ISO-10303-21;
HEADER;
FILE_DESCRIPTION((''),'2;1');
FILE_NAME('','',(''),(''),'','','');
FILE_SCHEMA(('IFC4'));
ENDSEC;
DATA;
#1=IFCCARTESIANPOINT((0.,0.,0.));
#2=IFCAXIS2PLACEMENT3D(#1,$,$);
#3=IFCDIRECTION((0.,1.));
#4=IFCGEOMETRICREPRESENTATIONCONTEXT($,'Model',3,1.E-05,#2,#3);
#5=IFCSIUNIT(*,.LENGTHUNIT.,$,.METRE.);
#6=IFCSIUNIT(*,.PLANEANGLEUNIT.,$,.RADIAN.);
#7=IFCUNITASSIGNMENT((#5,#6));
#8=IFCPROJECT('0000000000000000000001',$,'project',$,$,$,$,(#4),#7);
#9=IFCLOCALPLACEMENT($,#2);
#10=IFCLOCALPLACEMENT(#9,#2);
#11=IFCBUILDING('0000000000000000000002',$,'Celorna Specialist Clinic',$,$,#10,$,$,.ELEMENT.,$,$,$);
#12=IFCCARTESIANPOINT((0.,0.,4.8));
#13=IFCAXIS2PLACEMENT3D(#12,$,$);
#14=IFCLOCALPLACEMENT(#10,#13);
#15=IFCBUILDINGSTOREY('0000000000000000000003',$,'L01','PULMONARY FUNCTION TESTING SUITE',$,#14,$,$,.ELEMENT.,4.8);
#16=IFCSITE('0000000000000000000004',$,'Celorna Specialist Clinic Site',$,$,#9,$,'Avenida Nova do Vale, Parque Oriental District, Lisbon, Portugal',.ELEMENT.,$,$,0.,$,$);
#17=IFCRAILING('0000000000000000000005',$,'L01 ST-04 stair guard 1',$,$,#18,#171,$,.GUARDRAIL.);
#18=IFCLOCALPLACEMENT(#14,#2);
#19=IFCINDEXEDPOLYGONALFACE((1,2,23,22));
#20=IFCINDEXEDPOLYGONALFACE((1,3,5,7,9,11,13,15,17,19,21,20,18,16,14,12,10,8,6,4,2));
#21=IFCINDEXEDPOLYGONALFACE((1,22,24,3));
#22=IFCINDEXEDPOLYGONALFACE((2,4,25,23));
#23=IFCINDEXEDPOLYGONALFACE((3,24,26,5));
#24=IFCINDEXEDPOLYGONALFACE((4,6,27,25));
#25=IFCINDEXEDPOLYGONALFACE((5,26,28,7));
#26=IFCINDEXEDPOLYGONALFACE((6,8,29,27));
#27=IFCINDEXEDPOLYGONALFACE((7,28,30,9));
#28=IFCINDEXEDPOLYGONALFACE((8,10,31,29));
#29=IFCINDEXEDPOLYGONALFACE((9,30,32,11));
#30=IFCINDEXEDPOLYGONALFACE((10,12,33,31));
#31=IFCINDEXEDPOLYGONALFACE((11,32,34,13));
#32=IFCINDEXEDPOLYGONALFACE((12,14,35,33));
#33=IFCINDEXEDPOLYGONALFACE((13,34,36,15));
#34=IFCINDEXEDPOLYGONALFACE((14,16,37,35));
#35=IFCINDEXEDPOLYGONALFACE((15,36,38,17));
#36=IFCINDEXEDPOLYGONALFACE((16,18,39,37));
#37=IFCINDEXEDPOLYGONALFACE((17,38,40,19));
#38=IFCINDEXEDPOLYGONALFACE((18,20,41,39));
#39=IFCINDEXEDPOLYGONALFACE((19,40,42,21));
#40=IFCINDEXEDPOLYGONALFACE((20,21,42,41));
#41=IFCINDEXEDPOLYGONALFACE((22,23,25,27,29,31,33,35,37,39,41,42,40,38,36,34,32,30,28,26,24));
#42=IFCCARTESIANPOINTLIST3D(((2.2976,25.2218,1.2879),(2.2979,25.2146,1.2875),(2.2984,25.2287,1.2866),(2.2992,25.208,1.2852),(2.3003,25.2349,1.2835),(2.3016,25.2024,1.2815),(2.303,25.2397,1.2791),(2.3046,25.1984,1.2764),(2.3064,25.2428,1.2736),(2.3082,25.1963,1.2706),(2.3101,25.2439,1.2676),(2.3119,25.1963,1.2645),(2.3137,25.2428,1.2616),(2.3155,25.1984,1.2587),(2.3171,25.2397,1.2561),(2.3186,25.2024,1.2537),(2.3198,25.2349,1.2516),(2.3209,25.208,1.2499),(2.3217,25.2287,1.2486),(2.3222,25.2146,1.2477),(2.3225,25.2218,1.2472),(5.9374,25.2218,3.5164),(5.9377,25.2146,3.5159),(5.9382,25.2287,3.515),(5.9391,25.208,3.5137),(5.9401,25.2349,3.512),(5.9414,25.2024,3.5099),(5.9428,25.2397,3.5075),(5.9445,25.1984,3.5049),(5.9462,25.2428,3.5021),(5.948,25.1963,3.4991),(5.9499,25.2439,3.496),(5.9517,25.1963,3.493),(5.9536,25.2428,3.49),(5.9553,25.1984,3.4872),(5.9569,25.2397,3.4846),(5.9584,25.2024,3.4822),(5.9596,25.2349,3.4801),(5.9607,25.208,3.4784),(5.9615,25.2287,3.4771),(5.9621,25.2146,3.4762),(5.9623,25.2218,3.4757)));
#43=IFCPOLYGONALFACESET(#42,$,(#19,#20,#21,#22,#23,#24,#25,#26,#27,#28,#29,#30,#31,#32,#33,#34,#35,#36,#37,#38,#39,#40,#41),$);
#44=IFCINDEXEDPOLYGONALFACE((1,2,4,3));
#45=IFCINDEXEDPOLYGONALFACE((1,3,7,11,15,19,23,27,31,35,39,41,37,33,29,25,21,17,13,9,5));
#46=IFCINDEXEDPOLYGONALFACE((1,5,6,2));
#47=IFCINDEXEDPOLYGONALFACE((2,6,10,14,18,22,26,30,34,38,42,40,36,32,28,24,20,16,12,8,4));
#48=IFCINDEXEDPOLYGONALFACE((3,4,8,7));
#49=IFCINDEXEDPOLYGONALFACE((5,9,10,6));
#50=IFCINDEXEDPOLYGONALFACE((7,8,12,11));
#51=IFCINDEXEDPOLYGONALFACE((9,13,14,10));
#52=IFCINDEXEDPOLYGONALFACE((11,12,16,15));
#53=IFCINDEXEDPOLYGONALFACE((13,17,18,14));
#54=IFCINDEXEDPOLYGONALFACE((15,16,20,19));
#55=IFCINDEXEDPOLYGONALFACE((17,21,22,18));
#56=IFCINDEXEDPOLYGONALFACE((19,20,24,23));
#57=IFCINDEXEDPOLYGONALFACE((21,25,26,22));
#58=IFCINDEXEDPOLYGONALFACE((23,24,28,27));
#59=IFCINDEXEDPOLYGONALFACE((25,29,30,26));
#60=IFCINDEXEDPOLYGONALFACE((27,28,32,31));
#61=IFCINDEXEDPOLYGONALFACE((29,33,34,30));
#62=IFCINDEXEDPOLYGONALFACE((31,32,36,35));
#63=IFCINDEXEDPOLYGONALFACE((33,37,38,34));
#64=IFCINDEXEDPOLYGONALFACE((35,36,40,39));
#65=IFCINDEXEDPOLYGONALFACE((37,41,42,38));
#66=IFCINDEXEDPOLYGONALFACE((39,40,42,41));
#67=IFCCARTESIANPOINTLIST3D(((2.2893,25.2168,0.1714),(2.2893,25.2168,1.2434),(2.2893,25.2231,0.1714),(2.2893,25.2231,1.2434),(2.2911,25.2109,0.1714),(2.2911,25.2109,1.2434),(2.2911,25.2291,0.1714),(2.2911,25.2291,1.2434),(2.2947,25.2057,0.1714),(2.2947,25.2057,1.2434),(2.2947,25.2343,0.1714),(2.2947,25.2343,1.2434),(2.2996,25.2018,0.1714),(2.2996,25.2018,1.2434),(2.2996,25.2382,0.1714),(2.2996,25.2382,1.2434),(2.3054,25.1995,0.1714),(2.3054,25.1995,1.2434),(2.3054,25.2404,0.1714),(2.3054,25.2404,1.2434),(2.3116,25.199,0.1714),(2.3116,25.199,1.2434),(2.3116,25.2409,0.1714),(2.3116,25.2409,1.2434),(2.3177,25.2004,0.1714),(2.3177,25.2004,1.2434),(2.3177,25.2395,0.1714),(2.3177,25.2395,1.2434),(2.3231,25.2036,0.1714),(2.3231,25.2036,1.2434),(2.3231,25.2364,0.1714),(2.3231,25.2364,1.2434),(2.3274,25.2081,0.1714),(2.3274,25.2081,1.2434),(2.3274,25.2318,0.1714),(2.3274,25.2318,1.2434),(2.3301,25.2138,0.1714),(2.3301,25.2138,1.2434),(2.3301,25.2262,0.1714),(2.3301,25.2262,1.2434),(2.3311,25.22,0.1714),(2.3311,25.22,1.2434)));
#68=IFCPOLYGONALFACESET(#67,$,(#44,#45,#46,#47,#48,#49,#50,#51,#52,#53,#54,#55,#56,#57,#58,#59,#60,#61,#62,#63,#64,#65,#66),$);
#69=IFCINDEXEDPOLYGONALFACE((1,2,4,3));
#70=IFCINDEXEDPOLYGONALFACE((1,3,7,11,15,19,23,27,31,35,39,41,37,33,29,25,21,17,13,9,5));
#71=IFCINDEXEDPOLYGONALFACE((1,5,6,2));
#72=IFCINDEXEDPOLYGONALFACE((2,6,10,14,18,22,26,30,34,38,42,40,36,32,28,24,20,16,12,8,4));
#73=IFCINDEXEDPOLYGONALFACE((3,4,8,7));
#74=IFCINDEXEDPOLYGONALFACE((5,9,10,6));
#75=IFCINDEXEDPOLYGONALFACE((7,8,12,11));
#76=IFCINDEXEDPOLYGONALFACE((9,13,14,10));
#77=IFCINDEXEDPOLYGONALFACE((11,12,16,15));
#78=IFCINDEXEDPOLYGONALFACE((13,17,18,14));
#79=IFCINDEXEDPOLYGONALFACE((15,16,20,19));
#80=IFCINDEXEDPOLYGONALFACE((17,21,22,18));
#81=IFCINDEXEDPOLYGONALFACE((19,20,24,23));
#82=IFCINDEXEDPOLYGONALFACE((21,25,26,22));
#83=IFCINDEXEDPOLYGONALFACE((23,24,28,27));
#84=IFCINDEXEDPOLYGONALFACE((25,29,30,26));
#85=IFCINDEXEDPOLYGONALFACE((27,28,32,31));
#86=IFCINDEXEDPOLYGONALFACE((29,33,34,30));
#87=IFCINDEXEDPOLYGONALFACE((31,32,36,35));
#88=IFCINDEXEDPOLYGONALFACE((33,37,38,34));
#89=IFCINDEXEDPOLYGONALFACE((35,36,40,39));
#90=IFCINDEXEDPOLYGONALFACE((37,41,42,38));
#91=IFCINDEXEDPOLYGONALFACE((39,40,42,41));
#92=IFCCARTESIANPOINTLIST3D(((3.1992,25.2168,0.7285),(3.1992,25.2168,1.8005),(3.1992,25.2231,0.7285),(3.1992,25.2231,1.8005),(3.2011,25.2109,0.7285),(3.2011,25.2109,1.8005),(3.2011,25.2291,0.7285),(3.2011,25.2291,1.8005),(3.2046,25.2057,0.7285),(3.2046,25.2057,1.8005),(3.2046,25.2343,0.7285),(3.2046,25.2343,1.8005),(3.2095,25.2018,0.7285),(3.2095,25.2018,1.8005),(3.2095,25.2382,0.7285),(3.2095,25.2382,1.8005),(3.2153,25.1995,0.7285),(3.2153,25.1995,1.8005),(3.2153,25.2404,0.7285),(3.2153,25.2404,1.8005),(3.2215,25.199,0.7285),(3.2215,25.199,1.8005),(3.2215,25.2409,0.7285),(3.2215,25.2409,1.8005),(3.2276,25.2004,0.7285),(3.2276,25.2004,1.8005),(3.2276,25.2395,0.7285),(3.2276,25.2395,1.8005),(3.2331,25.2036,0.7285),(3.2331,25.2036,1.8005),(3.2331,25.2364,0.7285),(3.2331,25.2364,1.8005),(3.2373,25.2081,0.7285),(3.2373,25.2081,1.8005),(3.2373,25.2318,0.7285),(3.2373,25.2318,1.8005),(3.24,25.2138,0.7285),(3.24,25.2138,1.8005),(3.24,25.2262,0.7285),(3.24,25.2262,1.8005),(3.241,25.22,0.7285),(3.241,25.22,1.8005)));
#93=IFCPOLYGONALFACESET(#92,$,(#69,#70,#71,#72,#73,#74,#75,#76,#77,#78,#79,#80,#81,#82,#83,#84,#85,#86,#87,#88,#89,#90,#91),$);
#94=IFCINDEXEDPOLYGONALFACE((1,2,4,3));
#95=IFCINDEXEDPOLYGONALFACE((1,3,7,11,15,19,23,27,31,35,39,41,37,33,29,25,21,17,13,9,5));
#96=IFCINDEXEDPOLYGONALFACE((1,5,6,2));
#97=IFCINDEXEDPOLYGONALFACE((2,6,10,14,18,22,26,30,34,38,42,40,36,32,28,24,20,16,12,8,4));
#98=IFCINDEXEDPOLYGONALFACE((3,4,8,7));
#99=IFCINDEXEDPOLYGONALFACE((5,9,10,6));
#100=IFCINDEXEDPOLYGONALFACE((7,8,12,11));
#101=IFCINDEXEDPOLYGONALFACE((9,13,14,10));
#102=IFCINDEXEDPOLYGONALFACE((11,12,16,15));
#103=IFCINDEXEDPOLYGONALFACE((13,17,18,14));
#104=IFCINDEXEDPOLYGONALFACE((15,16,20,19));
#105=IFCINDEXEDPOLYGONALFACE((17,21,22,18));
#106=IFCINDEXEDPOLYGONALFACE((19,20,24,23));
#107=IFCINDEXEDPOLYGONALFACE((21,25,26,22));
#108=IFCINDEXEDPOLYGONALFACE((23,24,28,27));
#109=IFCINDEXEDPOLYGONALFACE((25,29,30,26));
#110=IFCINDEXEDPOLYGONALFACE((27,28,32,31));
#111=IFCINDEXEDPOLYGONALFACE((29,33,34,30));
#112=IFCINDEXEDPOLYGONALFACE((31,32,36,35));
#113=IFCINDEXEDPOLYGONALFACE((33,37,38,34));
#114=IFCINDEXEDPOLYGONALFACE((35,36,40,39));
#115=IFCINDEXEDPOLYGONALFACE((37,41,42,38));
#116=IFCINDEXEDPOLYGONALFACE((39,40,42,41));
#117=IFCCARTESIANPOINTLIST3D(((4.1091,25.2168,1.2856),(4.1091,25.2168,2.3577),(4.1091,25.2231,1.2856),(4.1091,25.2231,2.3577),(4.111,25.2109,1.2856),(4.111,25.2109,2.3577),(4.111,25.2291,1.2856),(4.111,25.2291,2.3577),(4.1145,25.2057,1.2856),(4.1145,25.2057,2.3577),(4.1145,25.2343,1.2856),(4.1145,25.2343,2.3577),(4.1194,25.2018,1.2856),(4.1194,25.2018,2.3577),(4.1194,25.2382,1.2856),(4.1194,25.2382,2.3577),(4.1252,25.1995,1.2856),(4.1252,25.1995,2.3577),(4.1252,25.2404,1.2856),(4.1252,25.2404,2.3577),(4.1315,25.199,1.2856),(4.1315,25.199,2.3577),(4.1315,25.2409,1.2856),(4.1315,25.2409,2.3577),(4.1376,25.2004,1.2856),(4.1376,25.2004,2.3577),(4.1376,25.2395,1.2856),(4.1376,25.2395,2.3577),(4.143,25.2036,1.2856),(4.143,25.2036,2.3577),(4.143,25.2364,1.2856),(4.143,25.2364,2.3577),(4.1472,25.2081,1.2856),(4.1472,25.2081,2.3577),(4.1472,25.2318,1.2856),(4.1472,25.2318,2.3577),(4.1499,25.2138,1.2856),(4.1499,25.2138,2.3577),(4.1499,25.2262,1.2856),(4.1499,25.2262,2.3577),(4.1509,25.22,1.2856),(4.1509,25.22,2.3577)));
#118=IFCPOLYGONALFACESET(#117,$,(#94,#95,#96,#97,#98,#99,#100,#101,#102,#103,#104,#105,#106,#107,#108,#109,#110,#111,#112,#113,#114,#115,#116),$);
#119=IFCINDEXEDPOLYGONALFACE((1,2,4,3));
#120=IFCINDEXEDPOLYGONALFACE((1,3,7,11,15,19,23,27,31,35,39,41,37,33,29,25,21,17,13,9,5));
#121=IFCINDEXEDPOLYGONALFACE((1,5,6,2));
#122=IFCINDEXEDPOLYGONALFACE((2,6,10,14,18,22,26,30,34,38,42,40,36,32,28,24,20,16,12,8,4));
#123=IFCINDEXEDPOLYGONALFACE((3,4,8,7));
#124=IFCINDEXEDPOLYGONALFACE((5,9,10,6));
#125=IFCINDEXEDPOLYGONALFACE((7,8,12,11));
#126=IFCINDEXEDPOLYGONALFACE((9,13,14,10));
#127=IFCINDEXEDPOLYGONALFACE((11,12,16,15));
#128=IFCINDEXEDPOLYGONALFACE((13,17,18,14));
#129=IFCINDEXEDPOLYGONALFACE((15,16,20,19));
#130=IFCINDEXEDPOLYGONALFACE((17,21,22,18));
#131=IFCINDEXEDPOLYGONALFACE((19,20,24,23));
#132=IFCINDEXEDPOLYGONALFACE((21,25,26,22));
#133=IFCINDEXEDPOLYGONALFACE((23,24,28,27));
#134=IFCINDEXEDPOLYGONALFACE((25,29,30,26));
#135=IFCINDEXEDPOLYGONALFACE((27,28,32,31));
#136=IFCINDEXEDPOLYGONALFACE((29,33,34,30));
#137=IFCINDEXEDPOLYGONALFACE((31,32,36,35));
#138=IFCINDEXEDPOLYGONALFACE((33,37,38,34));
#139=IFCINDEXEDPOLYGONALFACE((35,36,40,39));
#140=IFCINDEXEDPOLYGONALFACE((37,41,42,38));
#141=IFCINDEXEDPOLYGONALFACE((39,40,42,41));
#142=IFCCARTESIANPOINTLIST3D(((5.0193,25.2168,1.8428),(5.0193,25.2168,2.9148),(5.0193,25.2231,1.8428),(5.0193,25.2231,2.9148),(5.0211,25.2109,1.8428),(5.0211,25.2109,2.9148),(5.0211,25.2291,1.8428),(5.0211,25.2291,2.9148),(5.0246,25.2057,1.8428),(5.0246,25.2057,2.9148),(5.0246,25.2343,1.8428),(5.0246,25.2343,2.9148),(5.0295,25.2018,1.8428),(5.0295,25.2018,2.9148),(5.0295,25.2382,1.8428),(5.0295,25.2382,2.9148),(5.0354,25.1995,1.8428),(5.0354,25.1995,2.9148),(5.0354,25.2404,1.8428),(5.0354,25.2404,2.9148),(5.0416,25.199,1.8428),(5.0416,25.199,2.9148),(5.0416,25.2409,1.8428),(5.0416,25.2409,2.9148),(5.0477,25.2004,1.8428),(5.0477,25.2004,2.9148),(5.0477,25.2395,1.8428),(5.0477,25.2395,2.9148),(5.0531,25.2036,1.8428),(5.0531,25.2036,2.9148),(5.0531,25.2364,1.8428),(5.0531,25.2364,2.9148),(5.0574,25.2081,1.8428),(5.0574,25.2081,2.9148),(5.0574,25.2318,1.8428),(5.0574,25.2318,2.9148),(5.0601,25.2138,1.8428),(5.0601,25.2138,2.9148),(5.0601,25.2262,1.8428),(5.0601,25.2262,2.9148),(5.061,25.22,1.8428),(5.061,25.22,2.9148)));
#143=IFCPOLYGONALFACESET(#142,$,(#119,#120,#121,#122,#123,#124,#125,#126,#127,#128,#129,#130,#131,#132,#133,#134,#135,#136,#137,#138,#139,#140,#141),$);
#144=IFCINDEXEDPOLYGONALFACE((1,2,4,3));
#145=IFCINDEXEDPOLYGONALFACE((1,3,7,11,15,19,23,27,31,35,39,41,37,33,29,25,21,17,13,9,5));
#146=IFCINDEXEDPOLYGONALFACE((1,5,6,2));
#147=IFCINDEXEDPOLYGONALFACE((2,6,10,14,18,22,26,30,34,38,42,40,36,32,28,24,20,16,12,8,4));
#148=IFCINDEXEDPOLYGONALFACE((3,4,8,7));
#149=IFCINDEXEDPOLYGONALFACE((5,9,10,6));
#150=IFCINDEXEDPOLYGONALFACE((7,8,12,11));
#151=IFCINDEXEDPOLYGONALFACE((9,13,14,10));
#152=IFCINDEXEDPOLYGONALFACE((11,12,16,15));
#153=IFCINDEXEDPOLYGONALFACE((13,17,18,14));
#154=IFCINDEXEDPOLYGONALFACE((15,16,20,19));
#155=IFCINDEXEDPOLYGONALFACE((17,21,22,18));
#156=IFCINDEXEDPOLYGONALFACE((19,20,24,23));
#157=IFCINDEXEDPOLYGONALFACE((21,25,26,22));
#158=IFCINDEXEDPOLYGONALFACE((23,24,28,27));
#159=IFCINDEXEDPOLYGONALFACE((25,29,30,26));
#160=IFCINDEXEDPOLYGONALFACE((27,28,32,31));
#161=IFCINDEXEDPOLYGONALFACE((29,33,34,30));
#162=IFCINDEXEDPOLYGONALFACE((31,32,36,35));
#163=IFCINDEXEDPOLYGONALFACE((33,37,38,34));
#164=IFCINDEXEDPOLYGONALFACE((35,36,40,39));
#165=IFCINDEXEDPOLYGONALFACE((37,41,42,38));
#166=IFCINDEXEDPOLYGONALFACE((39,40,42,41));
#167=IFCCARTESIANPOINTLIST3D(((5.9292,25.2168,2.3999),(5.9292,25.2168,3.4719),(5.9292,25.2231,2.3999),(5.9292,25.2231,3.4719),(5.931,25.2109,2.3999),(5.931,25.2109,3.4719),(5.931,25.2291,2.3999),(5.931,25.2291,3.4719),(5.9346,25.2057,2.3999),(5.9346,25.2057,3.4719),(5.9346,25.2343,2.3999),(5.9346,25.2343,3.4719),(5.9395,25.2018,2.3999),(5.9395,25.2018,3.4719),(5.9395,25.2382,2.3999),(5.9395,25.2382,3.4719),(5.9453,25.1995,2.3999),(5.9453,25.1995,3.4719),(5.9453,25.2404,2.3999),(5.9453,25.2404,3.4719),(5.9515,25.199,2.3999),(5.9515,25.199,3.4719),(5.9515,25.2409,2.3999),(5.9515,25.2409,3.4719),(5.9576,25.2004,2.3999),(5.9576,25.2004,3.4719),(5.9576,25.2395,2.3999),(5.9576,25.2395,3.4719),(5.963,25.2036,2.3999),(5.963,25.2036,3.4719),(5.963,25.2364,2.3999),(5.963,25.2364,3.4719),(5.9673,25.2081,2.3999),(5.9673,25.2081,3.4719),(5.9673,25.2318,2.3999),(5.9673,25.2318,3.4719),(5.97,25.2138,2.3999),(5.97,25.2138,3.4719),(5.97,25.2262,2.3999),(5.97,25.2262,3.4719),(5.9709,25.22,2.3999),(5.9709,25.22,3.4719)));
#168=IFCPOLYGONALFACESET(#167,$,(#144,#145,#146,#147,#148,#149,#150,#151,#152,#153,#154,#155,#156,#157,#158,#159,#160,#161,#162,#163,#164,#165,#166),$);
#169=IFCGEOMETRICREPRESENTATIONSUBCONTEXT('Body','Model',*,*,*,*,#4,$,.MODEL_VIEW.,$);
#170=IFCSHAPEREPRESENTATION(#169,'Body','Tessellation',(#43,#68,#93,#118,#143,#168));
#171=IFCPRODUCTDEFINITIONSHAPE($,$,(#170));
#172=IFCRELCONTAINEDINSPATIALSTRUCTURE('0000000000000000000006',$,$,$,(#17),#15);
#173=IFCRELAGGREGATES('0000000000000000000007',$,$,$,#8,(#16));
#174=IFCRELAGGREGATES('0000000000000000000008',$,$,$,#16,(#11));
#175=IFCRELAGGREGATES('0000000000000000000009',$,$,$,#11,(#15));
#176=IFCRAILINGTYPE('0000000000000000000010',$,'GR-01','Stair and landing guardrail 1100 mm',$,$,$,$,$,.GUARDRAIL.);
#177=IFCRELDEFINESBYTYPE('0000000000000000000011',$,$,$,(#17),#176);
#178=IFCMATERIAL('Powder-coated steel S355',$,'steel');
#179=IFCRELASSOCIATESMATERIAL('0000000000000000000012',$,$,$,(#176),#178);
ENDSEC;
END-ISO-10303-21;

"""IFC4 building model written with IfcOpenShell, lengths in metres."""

from ifc_helpers import new_model, si_unit, direction, frame, origin, origin_2d, place, context, subcontext, project, spatial, circle, extrude, material, type_object, element, save


model = new_model("IFC4")

# Units and contexts
model_context = context("Model", 3, precision=1e-05, world=origin(), true_north=direction((0.0, 1.0)))
body_context = subcontext(model_context, "Body", "Model", "MODEL_VIEW")
ifc_project = project(units=[si_unit("LENGTHUNIT", "METRE"), si_unit("PLANEANGLEUNIT", "RADIAN")], contexts=[model_context])

# Site, building, storey
site_placement = place(None, origin())
site = spatial("IfcSite", under=ifc_project, at=site_placement, Name="Celorna Specialist Clinic Site", LongName="Avenida Nova do Vale, Parque Oriental District, Lisbon, Portugal", CompositionType="ELEMENT", RefElevation=0.0)
building_placement = place(site_placement, origin())
building = spatial("IfcBuilding", under=site, at=building_placement, Name="Celorna Specialist Clinic", CompositionType="ELEMENT")
storey_placement = place(building_placement, frame((0.0, 0.0, 4.8)))
storey = spatial("IfcBuildingStorey", under=building, at=storey_placement, Name="L01", Description="PULMONARY FUNCTION TESTING SUITE", CompositionType="ELEMENT", Elevation=4.8)

# Railing
ifc_material_1 = material(Name="Powder-coated steel S355", Category="steel")
railing_type_1 = type_object("IfcRailingType", Name="GR-01", Description="Stair and landing guardrail 1100 mm", PredefinedType="GUARDRAIL", material=ifc_material_1)
railing_1_placement = place(storey_placement, frame((2.3101, 25.22, 0.1714)))
element("IfcRailing", 1, at=railing_1_placement, inside=storey, type_object=railing_type_1, Name="L01 ST-04 stair guard 1", PredefinedType="GUARDRAIL", context=body_context, shape_type="SweptSolid", body=[
    extrude(circle(Radius=0.0239, at=origin_2d()), frame((0.0, 0.0, 1.0962), z_axis=(0.85285, 0.0, 0.522156), x_axis=(0.0, 1.0, 0.0)), (0.0, 0.0, 1.0), 4.2678),
    extrude(circle(Radius=0.021, at=origin_2d()), origin(), (0.0, 0.0, 1.0), 1.072),
    extrude(circle(Radius=0.021, at=origin_2d()), frame((0.9099, 0.0, 0.5571)), (0.0, 0.0, 1.0), 1.072),
    extrude(circle(Radius=0.021, at=origin_2d()), frame((1.8198, 0.0, 1.1143)), (0.0, 0.0, 1.0), 1.072),
    extrude(circle(Radius=0.021, at=origin_2d()), frame((2.73, 0.0, 1.6714)), (0.0, 0.0, 1.0), 1.072),
    extrude(circle(Radius=0.021, at=origin_2d()), frame((3.6399, 0.0, 2.2285)), (0.0, 0.0, 1.0), 1.072),
])

save(model, "model.ifc")
